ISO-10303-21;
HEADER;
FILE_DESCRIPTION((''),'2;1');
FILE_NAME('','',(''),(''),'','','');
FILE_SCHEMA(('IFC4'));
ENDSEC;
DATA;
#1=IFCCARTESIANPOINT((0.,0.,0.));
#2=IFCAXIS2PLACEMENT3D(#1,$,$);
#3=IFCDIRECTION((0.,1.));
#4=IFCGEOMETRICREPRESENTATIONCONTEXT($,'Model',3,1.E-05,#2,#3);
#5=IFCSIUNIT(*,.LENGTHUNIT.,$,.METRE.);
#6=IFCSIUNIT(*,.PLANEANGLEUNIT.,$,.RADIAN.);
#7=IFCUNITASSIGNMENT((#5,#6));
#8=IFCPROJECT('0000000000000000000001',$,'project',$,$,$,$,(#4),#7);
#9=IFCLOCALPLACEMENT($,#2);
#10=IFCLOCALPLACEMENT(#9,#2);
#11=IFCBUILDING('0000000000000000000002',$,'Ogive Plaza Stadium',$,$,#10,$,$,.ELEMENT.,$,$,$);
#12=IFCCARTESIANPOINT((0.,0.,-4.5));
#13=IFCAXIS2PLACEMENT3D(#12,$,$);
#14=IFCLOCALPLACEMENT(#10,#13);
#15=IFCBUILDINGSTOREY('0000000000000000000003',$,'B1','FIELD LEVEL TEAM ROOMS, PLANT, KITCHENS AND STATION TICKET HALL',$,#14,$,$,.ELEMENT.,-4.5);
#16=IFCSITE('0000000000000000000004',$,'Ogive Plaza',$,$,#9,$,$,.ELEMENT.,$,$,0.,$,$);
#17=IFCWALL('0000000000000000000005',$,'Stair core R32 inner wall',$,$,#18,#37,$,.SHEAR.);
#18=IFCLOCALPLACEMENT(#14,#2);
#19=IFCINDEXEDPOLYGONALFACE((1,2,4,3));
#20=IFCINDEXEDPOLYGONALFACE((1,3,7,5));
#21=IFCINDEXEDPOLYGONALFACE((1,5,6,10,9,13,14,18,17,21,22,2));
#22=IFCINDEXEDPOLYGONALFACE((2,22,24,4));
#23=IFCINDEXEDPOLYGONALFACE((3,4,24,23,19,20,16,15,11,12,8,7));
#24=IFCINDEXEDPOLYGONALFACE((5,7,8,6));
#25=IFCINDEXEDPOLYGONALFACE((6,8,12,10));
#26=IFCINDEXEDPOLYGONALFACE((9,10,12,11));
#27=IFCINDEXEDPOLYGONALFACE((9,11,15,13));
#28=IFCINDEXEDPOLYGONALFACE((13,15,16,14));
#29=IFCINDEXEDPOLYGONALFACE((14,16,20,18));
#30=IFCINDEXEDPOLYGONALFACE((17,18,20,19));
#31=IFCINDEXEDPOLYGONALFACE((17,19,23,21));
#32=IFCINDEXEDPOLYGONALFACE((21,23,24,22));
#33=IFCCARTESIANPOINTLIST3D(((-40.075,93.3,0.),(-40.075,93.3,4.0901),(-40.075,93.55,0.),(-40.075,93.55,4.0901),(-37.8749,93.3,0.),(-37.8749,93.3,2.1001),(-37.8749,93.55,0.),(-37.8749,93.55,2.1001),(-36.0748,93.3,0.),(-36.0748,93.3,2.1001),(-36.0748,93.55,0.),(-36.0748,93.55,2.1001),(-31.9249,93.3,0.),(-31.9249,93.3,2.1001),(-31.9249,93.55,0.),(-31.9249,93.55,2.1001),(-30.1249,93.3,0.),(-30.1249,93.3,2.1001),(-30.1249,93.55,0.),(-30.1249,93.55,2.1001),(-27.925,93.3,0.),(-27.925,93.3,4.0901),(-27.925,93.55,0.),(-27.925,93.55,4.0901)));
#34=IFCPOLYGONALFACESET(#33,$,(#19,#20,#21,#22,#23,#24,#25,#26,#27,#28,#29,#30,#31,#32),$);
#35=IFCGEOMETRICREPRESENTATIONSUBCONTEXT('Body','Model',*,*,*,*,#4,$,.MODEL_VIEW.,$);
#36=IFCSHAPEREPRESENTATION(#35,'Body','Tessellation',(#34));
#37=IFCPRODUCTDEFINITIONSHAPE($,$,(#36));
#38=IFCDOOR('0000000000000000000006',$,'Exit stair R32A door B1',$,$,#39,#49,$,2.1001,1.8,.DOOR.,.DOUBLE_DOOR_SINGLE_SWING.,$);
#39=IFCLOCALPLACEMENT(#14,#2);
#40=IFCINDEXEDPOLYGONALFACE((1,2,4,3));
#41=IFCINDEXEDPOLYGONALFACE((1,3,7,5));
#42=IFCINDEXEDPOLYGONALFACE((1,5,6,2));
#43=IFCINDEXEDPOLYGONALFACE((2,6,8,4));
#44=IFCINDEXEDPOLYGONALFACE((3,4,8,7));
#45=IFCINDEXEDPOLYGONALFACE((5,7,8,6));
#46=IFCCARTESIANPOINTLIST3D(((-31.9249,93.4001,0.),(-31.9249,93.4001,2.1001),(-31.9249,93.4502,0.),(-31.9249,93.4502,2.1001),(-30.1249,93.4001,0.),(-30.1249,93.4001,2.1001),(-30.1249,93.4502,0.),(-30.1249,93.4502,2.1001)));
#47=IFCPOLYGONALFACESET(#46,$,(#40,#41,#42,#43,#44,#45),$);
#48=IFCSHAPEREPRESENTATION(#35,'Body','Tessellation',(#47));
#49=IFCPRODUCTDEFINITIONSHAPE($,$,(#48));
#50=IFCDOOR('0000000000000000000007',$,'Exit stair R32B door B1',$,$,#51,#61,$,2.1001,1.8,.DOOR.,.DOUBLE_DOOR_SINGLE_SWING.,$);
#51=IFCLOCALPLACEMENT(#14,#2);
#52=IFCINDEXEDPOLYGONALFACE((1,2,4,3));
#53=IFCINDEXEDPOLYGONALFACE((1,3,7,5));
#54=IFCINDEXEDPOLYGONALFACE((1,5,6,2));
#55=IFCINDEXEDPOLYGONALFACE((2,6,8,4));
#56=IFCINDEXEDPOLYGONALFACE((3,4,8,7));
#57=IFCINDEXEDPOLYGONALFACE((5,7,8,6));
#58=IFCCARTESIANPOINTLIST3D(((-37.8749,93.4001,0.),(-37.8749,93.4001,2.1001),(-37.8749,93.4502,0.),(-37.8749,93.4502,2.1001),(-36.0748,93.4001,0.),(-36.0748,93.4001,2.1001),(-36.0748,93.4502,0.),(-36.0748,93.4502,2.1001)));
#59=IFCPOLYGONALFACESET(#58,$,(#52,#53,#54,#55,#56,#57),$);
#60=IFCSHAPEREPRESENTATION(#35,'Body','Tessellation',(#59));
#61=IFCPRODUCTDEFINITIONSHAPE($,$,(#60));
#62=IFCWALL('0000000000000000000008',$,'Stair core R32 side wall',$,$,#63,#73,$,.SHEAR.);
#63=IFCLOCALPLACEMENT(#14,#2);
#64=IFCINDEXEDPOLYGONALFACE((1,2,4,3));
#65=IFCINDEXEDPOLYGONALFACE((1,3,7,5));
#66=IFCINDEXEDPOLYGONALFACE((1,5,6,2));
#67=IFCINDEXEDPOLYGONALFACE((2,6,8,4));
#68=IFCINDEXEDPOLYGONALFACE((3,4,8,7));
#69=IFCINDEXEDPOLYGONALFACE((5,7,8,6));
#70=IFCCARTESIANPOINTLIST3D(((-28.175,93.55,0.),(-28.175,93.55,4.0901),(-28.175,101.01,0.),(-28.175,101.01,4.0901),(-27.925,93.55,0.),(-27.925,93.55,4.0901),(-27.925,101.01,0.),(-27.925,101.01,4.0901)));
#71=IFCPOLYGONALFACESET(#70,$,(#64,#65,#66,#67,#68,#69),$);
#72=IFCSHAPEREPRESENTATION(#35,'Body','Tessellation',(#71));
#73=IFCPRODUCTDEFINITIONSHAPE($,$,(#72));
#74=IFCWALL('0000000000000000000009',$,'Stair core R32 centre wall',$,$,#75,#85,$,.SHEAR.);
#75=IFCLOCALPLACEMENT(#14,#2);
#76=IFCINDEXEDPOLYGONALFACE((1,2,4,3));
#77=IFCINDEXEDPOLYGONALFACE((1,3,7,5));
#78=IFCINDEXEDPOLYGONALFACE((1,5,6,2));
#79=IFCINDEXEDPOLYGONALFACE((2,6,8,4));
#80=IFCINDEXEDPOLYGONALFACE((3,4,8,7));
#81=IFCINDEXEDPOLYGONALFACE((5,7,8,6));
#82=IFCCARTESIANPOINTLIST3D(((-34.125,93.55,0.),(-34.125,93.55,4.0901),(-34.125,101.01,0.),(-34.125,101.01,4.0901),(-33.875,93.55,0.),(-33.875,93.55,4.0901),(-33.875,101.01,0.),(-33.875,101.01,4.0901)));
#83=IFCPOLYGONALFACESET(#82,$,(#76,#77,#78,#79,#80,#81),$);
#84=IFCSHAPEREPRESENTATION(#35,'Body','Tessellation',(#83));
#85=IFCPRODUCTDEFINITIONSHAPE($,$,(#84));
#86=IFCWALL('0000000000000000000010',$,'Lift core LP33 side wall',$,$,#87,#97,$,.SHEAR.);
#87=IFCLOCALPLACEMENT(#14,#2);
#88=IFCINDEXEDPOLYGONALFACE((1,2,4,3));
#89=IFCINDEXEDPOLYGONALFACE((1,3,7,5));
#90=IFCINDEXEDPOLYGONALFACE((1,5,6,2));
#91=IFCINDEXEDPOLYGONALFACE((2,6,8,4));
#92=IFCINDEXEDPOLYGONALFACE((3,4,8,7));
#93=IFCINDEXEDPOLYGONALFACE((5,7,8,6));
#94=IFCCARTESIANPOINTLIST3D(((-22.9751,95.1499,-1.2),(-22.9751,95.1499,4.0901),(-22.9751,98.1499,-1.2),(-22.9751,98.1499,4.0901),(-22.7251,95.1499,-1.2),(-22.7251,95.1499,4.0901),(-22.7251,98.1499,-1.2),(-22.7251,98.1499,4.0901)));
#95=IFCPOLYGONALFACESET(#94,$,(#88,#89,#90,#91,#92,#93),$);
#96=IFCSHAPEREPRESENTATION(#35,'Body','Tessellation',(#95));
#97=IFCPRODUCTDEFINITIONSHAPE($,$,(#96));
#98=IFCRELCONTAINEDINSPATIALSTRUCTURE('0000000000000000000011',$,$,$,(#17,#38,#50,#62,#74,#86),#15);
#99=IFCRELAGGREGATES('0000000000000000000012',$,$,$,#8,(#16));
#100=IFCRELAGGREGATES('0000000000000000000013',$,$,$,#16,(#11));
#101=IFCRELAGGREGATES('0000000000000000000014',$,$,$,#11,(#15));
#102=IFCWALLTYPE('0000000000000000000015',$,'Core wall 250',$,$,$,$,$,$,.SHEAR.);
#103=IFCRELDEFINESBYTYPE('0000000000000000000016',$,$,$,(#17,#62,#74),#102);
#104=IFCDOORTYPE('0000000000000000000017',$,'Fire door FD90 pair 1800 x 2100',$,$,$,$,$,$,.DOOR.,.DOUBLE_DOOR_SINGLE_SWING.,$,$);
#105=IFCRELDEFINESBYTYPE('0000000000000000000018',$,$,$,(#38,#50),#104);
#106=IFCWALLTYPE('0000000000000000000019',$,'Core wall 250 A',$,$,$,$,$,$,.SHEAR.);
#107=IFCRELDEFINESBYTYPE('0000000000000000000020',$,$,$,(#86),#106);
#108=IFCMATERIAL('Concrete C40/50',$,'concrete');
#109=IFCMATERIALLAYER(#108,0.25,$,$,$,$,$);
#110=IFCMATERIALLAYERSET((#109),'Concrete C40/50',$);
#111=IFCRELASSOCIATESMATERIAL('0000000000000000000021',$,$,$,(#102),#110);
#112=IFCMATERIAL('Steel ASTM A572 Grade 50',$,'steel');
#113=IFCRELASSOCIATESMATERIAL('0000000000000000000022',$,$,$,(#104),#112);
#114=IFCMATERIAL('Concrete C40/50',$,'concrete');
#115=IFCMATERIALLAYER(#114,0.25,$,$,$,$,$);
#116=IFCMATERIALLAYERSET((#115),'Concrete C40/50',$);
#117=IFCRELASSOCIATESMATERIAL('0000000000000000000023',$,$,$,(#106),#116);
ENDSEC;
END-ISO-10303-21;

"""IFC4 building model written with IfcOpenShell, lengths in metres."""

from ifc_helpers import new_model, si_unit, direction, frame, frame_2d, origin, place, context, subcontext, project, spatial, rectangle, extrude, material, layer, layer_set, type_object, element, fill, save


model = new_model("IFC4")

# Units and contexts
model_context = context("Model", 3, precision=1e-05, world=origin(), true_north=direction((0.0, 1.0)))
body_context = subcontext(model_context, "Body", "Model", "MODEL_VIEW")
ifc_project = project(units=[si_unit("LENGTHUNIT", "METRE"), si_unit("PLANEANGLEUNIT", "RADIAN")], contexts=[model_context])

# Site, building, storey
site_placement = place(None, origin())
site = spatial("IfcSite", under=ifc_project, at=site_placement, Name="Ogive Plaza", CompositionType="ELEMENT", RefElevation=0.0)
building_placement = place(site_placement, origin())
building = spatial("IfcBuilding", under=site, at=building_placement, Name="Ogive Plaza Stadium", CompositionType="ELEMENT")
storey_placement = place(building_placement, frame((0.0, 0.0, -4.5)))
storey = spatial("IfcBuildingStorey", under=building, at=storey_placement, Name="B1", Description="FIELD LEVEL TEAM ROOMS, PLANT, KITCHENS AND STATION TICKET HALL", CompositionType="ELEMENT", Elevation=-4.5)

# Wall, openings, doors
ifc_material_1 = material(Name="Concrete C40/50", Category="concrete")
ifc_layer_1 = layer(ifc_material_1, 0.25)
ifc_layer_set_1 = layer_set([ifc_layer_1], Name="Concrete C40/50")
wall_type_1 = type_object("IfcWallType", Name="Core wall 250", PredefinedType="SHEAR", material=ifc_layer_set_1)
wall_1_placement = place(storey_placement, frame((-27.925, 93.425, 0.0), z_axis=(0.0, 0.0, 1.0), x_axis=(-1.0, 0.0, 0.0)))
wall_1 = element("IfcWall", 1, at=wall_1_placement, inside=storey, type_object=wall_type_1, Name="Stair core R32 inner wall", PredefinedType="SHEAR", context=body_context, shape_type="SweptSolid", body=[
    extrude(rectangle(XDim=12.1499, YDim=0.25, at=frame_2d((6.075, 0.0))), origin(), (0.0, 0.0, 1.0), 4.0901),
])
opening_1_placement = place(wall_1_placement, frame((2.2, 0.0, 0.0)))
opening_1 = element("IfcOpeningElement", 2, at=opening_1_placement, cuts=wall_1, PredefinedType="OPENING", context=body_context, shape_type="SweptSolid", body=[
    extrude(rectangle(XDim=1.8, YDim=2.1001, at=frame_2d((0.8999, 1.05))), frame((0.0, 0.125, 0.0), z_axis=(0.0, -1.0, 0.0), x_axis=(1.0, 0.0, 0.0)), (0.0, 0.0, 1.0), 0.25),
])
opening_2_placement = place(wall_1_placement, frame((8.1499, 0.0, 0.0)))
opening_2 = element("IfcOpeningElement", 3, at=opening_2_placement, cuts=wall_1, PredefinedType="OPENING", context=body_context, shape_type="SweptSolid", body=[
    extrude(rectangle(XDim=1.8, YDim=2.1001, at=frame_2d((0.8999, 1.05))), frame((0.0, 0.125, 0.0), z_axis=(0.0, -1.0, 0.0), x_axis=(1.0, 0.0, 0.0)), (0.0, 0.0, 1.0), 0.25),
])
ifc_material_2 = material(Name="Steel ASTM A572 Grade 50", Category="steel")
door_type_1 = type_object("IfcDoorType", Name="Fire door FD90 pair 1800 x 2100", OperationType="DOUBLE_DOOR_SINGLE_SWING", PredefinedType="DOOR", material=ifc_material_2)
door_1_placement = place(opening_1_placement, origin())
door_1 = element("IfcDoor", 4, at=door_1_placement, inside=storey, type_object=door_type_1, Name="Exit stair R32A door B1", OperationType="DOUBLE_DOOR_SINGLE_SWING", OverallHeight=2.1001, OverallWidth=1.8, PredefinedType="DOOR", context=body_context, shape_type="SweptSolid", body=[
    extrude(rectangle(XDim=1.8, YDim=2.1001, at=frame_2d((0.8999, 1.05))), frame((0.0, 0.0249, 0.0), z_axis=(0.0, -1.0, 0.0), x_axis=(1.0, 0.0, 0.0)), (0.0, 0.0, 1.0), 0.05),
])
fill(opening_1, door_1)
door_2_placement = place(opening_2_placement, origin())
door_2 = element("IfcDoor", 5, at=door_2_placement, inside=storey, type_object=door_type_1, Name="Exit stair R32B door B1", OperationType="DOUBLE_DOOR_SINGLE_SWING", OverallHeight=2.1001, OverallWidth=1.8, PredefinedType="DOOR", context=body_context, shape_type="SweptSolid", body=[
    extrude(rectangle(XDim=1.8, YDim=2.1001, at=frame_2d((0.8999, 1.05))), frame((0.0, 0.0249, 0.0), z_axis=(0.0, -1.0, 0.0), x_axis=(1.0, 0.0, 0.0)), (0.0, 0.0, 1.0), 0.05),
])
fill(opening_2, door_2)

# Walls
for number, where, z_axis, x_axis, name in (
    (6, (-28.05, 93.55, 0.0), (0.0, 0.0, 1.0), (0.0, 1.0, 0.0), "Stair core R32 side wall"),
    (7, (-34.0, 93.55, 0.0), (0.0, 0.0, 1.0), (0.0, 1.0, 0.0), "Stair core R32 centre wall"),
):
    element("IfcWall", number, at=place(storey_placement, frame(where, z_axis=z_axis, x_axis=x_axis)), inside=storey, type_object=wall_type_1, Name=name, PredefinedType="SHEAR", context=body_context, shape_type="SweptSolid", body=[
        extrude(rectangle(XDim=7.46, YDim=0.25, at=frame_2d((3.73, 0.0))), origin(), (0.0, 0.0, 1.0), 4.0901),
    ])
ifc_material_3 = material(Name="Concrete C40/50", Category="concrete")
ifc_layer_2 = layer(ifc_material_3, 0.25)
ifc_layer_set_2 = layer_set([ifc_layer_2], Name="Concrete C40/50")
wall_type_2 = type_object("IfcWallType", Name="Core wall 250 A", PredefinedType="SHEAR", material=ifc_layer_set_2)
wall_2_placement = place(storey_placement, frame((-22.8501, 95.1499, -1.2), z_axis=(0.0, 0.0, 1.0), x_axis=(0.0, 1.0, 0.0)))
element("IfcWall", 8, at=wall_2_placement, inside=storey, type_object=wall_type_2, Name="Lift core LP33 side wall", PredefinedType="SHEAR", context=body_context, shape_type="SweptSolid", body=[
    extrude(rectangle(XDim=3.0, YDim=0.25, at=frame_2d((1.5, 0.0))), origin(), (0.0, 0.0, 1.0), 5.29),
])

save(model, "model.ifc")
